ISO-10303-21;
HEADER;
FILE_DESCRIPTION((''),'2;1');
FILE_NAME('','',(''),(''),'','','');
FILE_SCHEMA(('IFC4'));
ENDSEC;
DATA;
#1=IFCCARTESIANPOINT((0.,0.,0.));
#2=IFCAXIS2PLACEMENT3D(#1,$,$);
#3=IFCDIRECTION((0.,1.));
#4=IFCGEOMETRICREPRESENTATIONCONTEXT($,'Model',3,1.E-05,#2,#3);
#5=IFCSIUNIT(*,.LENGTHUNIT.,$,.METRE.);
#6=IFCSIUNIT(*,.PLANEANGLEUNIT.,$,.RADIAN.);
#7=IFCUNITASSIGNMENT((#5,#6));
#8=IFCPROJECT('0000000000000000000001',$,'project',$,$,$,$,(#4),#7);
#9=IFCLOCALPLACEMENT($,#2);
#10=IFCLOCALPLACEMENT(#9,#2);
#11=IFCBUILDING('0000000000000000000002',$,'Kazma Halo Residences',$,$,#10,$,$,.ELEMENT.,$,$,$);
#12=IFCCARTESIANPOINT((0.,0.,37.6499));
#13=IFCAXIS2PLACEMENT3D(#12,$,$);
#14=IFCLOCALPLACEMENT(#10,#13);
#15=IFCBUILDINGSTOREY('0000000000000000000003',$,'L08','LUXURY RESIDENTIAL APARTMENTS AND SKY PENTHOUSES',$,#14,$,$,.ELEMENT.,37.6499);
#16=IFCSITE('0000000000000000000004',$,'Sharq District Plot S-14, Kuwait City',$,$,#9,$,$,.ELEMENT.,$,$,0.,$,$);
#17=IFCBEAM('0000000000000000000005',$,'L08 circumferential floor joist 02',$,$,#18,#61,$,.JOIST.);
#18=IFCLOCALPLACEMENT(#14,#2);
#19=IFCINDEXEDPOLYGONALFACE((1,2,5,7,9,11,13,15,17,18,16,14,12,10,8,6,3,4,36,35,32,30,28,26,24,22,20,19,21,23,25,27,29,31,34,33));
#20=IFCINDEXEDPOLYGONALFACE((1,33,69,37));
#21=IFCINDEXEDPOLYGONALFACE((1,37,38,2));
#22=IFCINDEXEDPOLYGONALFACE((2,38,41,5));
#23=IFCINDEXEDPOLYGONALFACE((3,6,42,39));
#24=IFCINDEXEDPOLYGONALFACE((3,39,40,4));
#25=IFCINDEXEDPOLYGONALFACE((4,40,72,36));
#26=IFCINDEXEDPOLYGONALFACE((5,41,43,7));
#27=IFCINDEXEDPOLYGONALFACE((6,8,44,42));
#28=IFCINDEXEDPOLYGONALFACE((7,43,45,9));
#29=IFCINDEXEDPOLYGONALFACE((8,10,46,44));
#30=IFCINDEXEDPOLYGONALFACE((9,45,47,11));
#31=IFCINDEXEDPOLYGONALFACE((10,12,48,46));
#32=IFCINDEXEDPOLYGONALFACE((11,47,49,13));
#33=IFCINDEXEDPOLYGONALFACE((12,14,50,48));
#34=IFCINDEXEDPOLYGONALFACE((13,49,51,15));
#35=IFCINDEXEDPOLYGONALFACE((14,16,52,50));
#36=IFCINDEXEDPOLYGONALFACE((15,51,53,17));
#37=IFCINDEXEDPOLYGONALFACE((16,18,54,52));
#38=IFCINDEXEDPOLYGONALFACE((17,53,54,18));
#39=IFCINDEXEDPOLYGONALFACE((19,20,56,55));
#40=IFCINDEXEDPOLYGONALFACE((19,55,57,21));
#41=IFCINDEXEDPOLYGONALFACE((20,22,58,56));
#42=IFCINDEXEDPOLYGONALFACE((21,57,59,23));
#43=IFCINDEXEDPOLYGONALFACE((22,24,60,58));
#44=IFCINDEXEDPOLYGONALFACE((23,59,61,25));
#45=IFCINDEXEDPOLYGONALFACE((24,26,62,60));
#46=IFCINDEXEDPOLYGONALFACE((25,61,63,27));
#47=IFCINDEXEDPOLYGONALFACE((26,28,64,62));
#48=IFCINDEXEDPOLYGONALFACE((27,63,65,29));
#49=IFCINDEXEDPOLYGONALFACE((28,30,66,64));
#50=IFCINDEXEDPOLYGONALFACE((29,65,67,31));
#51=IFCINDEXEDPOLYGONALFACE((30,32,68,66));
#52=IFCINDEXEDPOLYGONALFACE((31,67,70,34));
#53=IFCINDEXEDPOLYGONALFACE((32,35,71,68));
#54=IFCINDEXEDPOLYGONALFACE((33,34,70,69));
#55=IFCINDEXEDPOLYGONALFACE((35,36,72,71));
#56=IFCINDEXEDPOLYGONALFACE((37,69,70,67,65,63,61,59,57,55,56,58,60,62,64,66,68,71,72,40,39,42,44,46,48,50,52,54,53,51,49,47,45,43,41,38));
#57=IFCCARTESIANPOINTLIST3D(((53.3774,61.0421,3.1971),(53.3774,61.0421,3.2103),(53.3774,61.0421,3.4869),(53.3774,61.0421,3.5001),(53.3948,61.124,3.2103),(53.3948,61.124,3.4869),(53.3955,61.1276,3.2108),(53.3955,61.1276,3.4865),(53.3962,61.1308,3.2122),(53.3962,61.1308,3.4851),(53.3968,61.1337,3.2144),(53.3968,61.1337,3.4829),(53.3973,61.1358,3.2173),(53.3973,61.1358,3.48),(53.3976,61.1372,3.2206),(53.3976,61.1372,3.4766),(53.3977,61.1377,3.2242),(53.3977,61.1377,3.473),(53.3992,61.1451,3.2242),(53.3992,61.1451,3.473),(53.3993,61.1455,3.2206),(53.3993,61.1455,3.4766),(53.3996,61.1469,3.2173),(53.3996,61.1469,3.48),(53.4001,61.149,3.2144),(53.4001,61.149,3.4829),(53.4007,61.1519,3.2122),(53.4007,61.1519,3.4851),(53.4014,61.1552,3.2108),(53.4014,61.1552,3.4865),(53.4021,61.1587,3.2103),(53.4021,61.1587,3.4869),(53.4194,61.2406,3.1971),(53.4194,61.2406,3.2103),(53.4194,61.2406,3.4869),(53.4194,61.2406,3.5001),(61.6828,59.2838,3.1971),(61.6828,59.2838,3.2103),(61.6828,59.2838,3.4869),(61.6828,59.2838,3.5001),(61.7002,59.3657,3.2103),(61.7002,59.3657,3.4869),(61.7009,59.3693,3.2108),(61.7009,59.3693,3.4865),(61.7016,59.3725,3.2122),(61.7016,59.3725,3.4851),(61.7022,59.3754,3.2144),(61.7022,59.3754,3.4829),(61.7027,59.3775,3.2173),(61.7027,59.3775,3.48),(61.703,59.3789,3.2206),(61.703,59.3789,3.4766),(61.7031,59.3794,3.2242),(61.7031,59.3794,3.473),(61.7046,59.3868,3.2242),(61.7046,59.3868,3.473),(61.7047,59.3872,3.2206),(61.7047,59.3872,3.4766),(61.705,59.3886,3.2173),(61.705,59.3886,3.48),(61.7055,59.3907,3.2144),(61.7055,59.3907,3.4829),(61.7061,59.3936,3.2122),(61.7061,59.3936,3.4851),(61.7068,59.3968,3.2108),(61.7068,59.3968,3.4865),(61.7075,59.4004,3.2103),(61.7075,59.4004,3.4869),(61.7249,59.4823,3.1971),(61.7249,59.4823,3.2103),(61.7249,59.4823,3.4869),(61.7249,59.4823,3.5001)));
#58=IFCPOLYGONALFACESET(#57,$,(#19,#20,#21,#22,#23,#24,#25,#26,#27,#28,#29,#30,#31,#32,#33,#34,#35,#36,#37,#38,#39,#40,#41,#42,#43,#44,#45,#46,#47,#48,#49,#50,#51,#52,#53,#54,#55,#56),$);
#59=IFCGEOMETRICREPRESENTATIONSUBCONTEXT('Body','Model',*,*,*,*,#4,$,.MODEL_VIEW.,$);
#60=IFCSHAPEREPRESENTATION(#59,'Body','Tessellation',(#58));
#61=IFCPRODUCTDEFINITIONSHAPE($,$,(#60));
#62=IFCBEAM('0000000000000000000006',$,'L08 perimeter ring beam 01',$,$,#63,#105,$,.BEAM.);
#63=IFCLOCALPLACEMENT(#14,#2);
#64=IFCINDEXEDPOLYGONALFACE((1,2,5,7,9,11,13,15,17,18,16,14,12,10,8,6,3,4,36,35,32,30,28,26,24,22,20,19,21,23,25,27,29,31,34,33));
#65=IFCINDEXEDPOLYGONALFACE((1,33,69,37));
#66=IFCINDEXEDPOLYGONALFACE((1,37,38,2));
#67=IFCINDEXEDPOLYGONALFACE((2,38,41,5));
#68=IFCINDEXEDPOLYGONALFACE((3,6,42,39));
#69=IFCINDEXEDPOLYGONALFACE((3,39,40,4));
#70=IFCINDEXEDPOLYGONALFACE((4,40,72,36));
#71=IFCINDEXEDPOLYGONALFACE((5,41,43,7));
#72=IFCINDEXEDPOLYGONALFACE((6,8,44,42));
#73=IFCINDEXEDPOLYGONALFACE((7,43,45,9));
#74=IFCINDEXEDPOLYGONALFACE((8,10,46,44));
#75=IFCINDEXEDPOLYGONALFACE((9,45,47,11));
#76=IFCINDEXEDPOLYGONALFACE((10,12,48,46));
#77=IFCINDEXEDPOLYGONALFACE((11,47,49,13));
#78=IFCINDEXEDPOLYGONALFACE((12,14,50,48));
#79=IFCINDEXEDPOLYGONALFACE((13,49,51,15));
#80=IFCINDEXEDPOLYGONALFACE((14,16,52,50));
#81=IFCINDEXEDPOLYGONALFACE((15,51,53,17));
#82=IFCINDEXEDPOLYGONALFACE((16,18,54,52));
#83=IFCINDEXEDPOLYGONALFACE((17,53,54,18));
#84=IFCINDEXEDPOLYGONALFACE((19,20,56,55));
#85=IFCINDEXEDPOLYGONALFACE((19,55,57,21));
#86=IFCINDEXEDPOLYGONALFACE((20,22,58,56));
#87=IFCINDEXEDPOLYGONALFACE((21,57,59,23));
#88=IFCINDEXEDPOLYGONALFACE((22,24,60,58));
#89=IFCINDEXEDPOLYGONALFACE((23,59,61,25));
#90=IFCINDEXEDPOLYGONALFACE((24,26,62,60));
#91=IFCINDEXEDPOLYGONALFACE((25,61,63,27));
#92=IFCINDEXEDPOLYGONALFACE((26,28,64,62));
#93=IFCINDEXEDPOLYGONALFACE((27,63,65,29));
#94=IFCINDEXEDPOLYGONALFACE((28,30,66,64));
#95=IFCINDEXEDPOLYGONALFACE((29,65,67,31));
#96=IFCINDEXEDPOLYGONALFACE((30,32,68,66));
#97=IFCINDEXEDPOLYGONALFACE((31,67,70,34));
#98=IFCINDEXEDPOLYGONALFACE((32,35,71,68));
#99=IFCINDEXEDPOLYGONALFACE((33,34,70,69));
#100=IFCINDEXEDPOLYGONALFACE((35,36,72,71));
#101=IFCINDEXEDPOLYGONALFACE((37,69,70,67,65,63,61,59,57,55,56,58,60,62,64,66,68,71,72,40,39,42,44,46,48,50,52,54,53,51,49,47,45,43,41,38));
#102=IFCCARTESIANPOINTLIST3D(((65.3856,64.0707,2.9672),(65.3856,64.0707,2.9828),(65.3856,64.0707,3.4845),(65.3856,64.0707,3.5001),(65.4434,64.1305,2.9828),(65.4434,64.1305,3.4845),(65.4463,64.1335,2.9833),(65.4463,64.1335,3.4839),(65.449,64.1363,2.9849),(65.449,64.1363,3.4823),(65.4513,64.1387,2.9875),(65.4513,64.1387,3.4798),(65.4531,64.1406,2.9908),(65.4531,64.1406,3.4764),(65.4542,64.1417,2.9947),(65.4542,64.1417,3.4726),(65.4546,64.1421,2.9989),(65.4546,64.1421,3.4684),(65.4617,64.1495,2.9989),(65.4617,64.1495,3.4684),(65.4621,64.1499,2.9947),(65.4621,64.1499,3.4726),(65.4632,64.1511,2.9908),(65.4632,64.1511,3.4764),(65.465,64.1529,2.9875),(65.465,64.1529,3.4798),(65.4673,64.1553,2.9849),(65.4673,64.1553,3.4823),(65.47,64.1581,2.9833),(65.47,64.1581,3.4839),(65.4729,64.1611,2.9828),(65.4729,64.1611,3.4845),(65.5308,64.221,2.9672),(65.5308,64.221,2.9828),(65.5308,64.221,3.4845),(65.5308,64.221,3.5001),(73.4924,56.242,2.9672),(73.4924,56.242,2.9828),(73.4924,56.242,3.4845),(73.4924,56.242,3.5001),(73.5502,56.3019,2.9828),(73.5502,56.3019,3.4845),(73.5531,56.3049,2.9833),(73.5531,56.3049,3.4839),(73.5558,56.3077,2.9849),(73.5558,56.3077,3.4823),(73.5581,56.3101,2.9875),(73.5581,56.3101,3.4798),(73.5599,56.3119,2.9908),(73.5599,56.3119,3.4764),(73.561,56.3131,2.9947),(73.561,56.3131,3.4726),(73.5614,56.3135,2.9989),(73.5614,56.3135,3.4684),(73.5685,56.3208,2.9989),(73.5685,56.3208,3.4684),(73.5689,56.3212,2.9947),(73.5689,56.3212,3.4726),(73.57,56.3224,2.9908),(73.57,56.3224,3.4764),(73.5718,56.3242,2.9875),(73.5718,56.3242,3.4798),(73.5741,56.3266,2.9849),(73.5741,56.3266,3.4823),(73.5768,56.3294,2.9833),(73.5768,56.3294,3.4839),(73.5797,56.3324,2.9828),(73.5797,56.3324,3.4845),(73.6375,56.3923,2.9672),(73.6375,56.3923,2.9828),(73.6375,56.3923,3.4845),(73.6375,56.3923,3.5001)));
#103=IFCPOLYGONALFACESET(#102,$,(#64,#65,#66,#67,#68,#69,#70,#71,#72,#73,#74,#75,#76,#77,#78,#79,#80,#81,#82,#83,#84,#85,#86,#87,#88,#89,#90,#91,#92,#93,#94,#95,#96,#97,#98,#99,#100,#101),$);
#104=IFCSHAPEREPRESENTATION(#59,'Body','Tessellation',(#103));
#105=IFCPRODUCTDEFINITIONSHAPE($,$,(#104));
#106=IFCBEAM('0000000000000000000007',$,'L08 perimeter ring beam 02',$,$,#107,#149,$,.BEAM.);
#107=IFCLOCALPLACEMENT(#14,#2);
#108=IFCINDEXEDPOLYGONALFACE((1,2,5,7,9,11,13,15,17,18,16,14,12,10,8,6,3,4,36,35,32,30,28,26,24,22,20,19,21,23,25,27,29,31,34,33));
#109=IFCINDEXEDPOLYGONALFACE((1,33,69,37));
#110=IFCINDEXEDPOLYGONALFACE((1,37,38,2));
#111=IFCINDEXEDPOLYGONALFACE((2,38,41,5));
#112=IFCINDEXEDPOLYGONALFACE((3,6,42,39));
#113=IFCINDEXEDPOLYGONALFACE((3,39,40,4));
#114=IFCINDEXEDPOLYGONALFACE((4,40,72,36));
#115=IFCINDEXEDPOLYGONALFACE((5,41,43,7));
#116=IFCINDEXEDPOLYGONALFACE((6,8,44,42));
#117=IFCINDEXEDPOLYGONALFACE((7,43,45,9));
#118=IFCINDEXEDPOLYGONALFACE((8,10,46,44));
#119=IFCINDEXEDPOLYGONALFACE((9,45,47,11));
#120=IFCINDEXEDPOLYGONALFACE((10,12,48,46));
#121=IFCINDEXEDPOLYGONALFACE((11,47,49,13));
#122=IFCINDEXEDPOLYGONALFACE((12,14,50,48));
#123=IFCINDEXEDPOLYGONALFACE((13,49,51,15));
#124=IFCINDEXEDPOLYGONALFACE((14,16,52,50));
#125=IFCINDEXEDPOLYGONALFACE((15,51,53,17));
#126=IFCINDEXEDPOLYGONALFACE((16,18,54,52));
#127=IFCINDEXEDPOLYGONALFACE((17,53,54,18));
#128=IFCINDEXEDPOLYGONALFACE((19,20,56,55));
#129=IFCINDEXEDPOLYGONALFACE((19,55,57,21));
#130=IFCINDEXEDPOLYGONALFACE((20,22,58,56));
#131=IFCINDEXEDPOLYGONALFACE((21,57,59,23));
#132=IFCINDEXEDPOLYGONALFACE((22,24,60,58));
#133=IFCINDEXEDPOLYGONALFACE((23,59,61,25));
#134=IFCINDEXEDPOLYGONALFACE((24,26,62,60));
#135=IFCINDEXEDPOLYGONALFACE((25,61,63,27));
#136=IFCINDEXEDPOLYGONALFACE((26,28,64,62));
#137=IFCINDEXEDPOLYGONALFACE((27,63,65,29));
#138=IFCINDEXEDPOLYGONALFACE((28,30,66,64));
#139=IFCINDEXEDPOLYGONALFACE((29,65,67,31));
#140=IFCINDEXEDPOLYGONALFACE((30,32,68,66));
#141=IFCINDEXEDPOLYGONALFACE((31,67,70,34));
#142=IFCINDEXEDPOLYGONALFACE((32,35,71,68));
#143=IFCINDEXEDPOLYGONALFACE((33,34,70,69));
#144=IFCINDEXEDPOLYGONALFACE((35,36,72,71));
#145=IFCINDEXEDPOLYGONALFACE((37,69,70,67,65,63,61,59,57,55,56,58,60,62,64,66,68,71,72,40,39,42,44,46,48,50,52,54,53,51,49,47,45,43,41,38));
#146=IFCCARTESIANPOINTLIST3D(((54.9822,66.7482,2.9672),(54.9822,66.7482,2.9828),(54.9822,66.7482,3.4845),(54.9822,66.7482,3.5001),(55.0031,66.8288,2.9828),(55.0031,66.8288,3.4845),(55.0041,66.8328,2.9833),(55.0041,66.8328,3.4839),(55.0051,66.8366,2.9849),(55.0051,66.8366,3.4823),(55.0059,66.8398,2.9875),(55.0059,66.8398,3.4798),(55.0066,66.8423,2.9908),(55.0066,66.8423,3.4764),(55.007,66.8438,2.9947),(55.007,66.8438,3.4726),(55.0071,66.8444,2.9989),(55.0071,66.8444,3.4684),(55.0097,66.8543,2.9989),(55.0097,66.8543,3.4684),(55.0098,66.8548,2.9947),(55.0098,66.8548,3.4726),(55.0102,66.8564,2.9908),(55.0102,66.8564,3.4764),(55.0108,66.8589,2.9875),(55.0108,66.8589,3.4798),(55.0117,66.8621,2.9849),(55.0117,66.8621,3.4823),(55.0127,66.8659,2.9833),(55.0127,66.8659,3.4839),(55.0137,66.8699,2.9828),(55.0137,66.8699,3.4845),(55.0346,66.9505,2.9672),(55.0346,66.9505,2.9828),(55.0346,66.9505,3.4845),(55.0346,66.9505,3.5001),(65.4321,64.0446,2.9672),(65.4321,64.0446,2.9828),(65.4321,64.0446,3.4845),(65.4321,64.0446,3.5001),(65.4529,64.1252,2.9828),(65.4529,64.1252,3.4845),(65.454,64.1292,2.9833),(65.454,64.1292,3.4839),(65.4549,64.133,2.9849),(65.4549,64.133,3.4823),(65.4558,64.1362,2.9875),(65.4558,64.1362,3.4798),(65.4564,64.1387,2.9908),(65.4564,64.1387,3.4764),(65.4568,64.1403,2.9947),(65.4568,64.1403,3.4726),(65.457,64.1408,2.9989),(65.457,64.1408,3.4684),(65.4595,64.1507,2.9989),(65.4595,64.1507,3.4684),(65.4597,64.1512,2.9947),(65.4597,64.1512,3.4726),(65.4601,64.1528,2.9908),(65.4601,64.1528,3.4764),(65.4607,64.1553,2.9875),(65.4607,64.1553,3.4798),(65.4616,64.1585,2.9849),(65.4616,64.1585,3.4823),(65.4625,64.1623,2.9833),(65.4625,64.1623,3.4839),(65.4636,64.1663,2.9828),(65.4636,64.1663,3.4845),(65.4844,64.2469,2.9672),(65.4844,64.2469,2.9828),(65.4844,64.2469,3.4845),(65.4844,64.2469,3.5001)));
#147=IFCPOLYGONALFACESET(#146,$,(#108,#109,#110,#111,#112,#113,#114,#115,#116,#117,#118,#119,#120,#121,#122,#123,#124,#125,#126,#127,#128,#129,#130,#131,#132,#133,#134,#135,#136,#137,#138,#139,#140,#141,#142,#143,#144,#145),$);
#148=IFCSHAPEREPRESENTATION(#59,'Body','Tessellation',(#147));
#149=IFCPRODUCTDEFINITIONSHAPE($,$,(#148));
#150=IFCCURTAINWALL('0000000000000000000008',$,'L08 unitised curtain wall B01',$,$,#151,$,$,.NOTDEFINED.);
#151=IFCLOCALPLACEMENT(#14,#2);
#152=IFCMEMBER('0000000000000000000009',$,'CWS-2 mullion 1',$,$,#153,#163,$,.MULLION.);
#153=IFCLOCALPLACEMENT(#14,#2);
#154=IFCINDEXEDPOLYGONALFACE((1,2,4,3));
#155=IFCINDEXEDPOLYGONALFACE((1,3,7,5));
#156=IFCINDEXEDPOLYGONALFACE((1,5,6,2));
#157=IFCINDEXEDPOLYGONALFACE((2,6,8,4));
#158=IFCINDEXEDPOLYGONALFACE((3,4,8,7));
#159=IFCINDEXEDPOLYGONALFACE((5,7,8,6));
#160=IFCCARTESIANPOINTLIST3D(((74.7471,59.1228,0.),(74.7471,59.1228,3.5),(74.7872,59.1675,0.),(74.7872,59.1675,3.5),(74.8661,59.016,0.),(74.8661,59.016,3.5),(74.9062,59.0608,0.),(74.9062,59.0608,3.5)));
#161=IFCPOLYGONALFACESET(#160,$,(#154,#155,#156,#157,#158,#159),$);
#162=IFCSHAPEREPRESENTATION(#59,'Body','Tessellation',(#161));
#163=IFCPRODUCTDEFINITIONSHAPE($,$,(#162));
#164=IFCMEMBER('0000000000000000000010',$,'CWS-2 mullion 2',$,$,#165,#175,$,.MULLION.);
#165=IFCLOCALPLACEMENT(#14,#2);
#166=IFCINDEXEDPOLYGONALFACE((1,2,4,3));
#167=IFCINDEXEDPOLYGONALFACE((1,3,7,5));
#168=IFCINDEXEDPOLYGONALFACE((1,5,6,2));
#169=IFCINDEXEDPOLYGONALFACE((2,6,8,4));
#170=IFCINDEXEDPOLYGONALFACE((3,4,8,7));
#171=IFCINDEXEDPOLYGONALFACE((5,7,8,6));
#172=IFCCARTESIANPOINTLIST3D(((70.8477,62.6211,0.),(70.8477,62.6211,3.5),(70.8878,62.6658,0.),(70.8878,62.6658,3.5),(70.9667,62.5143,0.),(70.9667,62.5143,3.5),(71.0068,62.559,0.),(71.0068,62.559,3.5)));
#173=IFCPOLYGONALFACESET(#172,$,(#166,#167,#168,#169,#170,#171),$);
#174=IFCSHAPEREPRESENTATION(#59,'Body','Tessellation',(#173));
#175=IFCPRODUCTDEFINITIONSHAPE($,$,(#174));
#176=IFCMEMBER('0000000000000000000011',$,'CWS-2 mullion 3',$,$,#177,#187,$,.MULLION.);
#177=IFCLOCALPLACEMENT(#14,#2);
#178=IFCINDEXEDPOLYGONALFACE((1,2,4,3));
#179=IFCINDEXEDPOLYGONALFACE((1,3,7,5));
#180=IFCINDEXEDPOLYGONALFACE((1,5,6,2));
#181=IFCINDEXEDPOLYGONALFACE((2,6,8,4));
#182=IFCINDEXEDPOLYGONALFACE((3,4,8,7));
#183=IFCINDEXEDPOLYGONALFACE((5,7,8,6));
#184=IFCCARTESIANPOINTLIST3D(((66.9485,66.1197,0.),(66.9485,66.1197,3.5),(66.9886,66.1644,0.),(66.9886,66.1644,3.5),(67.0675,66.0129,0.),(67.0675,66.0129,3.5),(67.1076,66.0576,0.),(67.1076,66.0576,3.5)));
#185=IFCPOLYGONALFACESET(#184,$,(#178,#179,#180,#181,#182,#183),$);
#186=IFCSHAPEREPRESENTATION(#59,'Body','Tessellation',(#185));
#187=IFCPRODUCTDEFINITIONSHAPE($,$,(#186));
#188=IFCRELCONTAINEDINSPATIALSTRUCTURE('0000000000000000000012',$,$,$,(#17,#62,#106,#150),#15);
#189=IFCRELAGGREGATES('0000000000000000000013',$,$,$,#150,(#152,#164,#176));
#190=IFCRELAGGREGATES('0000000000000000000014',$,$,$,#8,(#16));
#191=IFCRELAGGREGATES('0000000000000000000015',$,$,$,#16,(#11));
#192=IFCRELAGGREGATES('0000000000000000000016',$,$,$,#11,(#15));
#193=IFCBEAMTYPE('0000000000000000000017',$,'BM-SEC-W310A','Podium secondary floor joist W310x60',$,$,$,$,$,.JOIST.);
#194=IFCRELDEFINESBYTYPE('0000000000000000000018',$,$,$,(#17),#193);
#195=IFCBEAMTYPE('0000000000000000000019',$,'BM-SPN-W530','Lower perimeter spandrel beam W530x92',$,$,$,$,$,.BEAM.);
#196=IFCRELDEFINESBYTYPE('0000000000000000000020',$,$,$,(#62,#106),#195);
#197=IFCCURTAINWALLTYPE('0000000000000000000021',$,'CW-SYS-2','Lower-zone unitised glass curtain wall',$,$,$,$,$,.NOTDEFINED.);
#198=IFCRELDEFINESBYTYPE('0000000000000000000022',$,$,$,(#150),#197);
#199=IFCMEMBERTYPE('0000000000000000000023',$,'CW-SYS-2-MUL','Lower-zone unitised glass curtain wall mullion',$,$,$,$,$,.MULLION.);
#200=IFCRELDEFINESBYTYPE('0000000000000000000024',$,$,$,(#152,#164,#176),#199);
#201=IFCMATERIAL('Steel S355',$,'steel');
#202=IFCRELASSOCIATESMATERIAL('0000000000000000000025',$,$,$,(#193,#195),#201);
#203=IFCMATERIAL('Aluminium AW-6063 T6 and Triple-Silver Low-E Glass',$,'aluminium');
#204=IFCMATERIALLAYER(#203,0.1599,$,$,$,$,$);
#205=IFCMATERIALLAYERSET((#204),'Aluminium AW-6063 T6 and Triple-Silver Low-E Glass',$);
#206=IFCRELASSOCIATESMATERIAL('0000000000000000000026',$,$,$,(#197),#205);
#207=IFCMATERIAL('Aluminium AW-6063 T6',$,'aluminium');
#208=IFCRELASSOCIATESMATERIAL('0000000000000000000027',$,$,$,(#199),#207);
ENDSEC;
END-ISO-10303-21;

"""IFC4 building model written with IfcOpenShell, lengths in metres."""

from ifc_helpers import new_model, si_unit, direction, frame, origin, origin_2d, place, context, subcontext, project, spatial, rectangle, i_section, extrude, material, layer, layer_set, material_profile, profile_set, type_object, element, aggregate, save


model = new_model("IFC4")

# Units and contexts
model_context = context("Model", 3, precision=1e-05, world=origin(), true_north=direction((0.0, 1.0)))
body_context = subcontext(model_context, "Body", "Model", "MODEL_VIEW")
ifc_project = project(units=[si_unit("LENGTHUNIT", "METRE"), si_unit("PLANEANGLEUNIT", "RADIAN")], contexts=[model_context])

# Site, building, storey
site_placement = place(None, origin())
site = spatial("IfcSite", under=ifc_project, at=site_placement, Name="Sharq District Plot S-14, Kuwait City", CompositionType="ELEMENT", RefElevation=0.0)
building_placement = place(site_placement, origin())
building = spatial("IfcBuilding", under=site, at=building_placement, Name="Kazma Halo Residences", CompositionType="ELEMENT")
storey_placement = place(building_placement, frame((0.0, 0.0, 37.6499)))
storey = spatial("IfcBuildingStorey", under=building, at=storey_placement, Name="L08", Description="LUXURY RESIDENTIAL APARTMENTS AND SKY PENTHOUSES", CompositionType="ELEMENT", Elevation=37.6499)

# Beams
ifc_material_1 = material(Name="Steel S355", Category="steel")
ifc_material_profile_1 = material_profile(ifc_material_1, i_section(OverallWidth=0.2029, OverallDepth=0.303, WebThickness=0.0076, FlangeThickness=0.0132, FilletRadius=0.0139, at=origin_2d()), Name="W310x60")
ifc_profile_set_1 = profile_set([ifc_material_profile_1], Name="Steel S355")
beam_type_1 = type_object("IfcBeamType", Name="BM-SEC-W310A", Description="Podium secondary floor joist W310x60", PredefinedType="JOIST", material=ifc_profile_set_1)
beam_1_placement = place(storey_placement, frame((61.7039, 59.3831, 3.3486), z_axis=(-0.978317, 0.207115, 0.0), x_axis=(-0.207115, -0.978317, 0.0)))
element("IfcBeam", 1, at=beam_1_placement, inside=storey, type_object=beam_type_1, Name="L08 circumferential floor joist 02", PredefinedType="JOIST", context=body_context, shape_type="SweptSolid", body=[
    extrude(i_section(OverallWidth=0.2029, OverallDepth=0.303, WebThickness=0.0076, FlangeThickness=0.0132, FilletRadius=0.0139, at=origin_2d()), origin(), (0.0, 0.0, 1.0), 8.4895),
])
ifc_material_profile_2 = material_profile(ifc_material_1, i_section(OverallWidth=0.209, OverallDepth=0.533, WebThickness=0.0103, FlangeThickness=0.0156, FilletRadius=0.0161, at=origin_2d()), Name="W530x92")
ifc_profile_set_2 = profile_set([ifc_material_profile_2], Name="Steel S355")
beam_type_2 = type_object("IfcBeamType", Name="BM-SPN-W530", Description="Lower perimeter spandrel beam W530x92", PredefinedType="BEAM", material=ifc_profile_set_2)
beam_2_placement = place(storey_placement, frame((73.5649, 56.3171, 3.2336), z_axis=(-0.719337, 0.694662, 0.0), x_axis=(-0.694662, -0.719337, 0.0)))
element("IfcBeam", 2, at=beam_2_placement, inside=storey, type_object=beam_type_2, Name="L08 perimeter ring beam 01", PredefinedType="BEAM", context=body_context, shape_type="SweptSolid", body=[
    extrude(i_section(OverallWidth=0.209, OverallDepth=0.533, WebThickness=0.0103, FlangeThickness=0.0156, FilletRadius=0.0161, at=origin_2d()), origin(), (0.0, 0.0, 1.0), 11.2698),
])
beam_3_placement = place(storey_placement, frame((65.4583, 64.1458, 3.2336), z_axis=(-0.968124, 0.250473, 0.0), x_axis=(-0.250473, -0.968124, 0.0)))
element("IfcBeam", 3, at=beam_3_placement, inside=storey, type_object=beam_type_2, Name="L08 perimeter ring beam 02", PredefinedType="BEAM", context=body_context, shape_type="SweptSolid", body=[
    extrude(i_section(OverallWidth=0.209, OverallDepth=0.533, WebThickness=0.0103, FlangeThickness=0.0156, FilletRadius=0.0161, at=origin_2d()), origin(), (0.0, 0.0, 1.0), 10.7939),
])

# Curtain wall, members
ifc_material_2 = material(Name="Aluminium AW-6063 T6 and Triple-Silver Low-E Glass", Category="aluminium")
ifc_layer_1 = layer(ifc_material_2, 0.1599)
ifc_layer_set_1 = layer_set([ifc_layer_1], Name="Aluminium AW-6063 T6 and Triple-Silver Low-E Glass")
curtain_wall_type = type_object("IfcCurtainWallType", Name="CW-SYS-2", Description="Lower-zone unitised glass curtain wall", PredefinedType="NOTDEFINED", material=ifc_layer_set_1)
curtain_wall_1_placement = place(storey_placement, origin())
curtain_wall_1 = element("IfcCurtainWall", 4, at=curtain_wall_1_placement, inside=storey, type_object=curtain_wall_type, Name="L08 unitised curtain wall B01", PredefinedType="NOTDEFINED")
ifc_material_3 = material(Name="Aluminium AW-6063 T6", Category="aluminium")
ifc_material_profile_3 = material_profile(ifc_material_3, rectangle(XDim=0.0601, YDim=0.1599, at=origin_2d()), Name="CWM-60x160")
ifc_profile_set_3 = profile_set([ifc_material_profile_3], Name="Aluminium AW-6063 T6")
member_type_1 = type_object("IfcMemberType", Name="CW-SYS-2-MUL", Description="Lower-zone unitised glass curtain wall mullion", PredefinedType="MULLION", material=ifc_profile_set_3)
member_1_placement = place(storey_placement, frame((74.8267, 59.0918, 0.0), z_axis=(0.0, 0.0, 1.0), x_axis=(-0.667821, -0.744322, 0.0)))
member_1 = element("IfcMember", 5, at=member_1_placement, type_object=member_type_1, Name="CWS-2 mullion 1", PredefinedType="MULLION", context=body_context, shape_type="SweptSolid", body=[
    extrude(rectangle(XDim=0.0601, YDim=0.1599, at=origin_2d()), origin(), (0.0, 0.0, 1.0), 3.5),
])
member_2_placement = place(storey_placement, frame((70.9272, 62.5901, 0.0), z_axis=(0.0, 0.0, 1.0), x_axis=(-0.667821, -0.744322, 0.0)))
member_2 = element("IfcMember", 6, at=member_2_placement, type_object=member_type_1, Name="CWS-2 mullion 2", PredefinedType="MULLION", context=body_context, shape_type="SweptSolid", body=[
    extrude(rectangle(XDim=0.0601, YDim=0.1599, at=origin_2d()), origin(), (0.0, 0.0, 1.0), 3.5),
])
member_3_placement = place(storey_placement, frame((67.0281, 66.0886, 0.0), z_axis=(0.0, 0.0, 1.0), x_axis=(-0.667821, -0.744322, 0.0)))
member_3 = element("IfcMember", 7, at=member_3_placement, type_object=member_type_1, Name="CWS-2 mullion 3", PredefinedType="MULLION", context=body_context, shape_type="SweptSolid", body=[
    extrude(rectangle(XDim=0.0601, YDim=0.1599, at=origin_2d()), origin(), (0.0, 0.0, 1.0), 3.5),
])

aggregate(curtain_wall_1, [member_1, member_2, member_3])

save(model, "model.ifc")
